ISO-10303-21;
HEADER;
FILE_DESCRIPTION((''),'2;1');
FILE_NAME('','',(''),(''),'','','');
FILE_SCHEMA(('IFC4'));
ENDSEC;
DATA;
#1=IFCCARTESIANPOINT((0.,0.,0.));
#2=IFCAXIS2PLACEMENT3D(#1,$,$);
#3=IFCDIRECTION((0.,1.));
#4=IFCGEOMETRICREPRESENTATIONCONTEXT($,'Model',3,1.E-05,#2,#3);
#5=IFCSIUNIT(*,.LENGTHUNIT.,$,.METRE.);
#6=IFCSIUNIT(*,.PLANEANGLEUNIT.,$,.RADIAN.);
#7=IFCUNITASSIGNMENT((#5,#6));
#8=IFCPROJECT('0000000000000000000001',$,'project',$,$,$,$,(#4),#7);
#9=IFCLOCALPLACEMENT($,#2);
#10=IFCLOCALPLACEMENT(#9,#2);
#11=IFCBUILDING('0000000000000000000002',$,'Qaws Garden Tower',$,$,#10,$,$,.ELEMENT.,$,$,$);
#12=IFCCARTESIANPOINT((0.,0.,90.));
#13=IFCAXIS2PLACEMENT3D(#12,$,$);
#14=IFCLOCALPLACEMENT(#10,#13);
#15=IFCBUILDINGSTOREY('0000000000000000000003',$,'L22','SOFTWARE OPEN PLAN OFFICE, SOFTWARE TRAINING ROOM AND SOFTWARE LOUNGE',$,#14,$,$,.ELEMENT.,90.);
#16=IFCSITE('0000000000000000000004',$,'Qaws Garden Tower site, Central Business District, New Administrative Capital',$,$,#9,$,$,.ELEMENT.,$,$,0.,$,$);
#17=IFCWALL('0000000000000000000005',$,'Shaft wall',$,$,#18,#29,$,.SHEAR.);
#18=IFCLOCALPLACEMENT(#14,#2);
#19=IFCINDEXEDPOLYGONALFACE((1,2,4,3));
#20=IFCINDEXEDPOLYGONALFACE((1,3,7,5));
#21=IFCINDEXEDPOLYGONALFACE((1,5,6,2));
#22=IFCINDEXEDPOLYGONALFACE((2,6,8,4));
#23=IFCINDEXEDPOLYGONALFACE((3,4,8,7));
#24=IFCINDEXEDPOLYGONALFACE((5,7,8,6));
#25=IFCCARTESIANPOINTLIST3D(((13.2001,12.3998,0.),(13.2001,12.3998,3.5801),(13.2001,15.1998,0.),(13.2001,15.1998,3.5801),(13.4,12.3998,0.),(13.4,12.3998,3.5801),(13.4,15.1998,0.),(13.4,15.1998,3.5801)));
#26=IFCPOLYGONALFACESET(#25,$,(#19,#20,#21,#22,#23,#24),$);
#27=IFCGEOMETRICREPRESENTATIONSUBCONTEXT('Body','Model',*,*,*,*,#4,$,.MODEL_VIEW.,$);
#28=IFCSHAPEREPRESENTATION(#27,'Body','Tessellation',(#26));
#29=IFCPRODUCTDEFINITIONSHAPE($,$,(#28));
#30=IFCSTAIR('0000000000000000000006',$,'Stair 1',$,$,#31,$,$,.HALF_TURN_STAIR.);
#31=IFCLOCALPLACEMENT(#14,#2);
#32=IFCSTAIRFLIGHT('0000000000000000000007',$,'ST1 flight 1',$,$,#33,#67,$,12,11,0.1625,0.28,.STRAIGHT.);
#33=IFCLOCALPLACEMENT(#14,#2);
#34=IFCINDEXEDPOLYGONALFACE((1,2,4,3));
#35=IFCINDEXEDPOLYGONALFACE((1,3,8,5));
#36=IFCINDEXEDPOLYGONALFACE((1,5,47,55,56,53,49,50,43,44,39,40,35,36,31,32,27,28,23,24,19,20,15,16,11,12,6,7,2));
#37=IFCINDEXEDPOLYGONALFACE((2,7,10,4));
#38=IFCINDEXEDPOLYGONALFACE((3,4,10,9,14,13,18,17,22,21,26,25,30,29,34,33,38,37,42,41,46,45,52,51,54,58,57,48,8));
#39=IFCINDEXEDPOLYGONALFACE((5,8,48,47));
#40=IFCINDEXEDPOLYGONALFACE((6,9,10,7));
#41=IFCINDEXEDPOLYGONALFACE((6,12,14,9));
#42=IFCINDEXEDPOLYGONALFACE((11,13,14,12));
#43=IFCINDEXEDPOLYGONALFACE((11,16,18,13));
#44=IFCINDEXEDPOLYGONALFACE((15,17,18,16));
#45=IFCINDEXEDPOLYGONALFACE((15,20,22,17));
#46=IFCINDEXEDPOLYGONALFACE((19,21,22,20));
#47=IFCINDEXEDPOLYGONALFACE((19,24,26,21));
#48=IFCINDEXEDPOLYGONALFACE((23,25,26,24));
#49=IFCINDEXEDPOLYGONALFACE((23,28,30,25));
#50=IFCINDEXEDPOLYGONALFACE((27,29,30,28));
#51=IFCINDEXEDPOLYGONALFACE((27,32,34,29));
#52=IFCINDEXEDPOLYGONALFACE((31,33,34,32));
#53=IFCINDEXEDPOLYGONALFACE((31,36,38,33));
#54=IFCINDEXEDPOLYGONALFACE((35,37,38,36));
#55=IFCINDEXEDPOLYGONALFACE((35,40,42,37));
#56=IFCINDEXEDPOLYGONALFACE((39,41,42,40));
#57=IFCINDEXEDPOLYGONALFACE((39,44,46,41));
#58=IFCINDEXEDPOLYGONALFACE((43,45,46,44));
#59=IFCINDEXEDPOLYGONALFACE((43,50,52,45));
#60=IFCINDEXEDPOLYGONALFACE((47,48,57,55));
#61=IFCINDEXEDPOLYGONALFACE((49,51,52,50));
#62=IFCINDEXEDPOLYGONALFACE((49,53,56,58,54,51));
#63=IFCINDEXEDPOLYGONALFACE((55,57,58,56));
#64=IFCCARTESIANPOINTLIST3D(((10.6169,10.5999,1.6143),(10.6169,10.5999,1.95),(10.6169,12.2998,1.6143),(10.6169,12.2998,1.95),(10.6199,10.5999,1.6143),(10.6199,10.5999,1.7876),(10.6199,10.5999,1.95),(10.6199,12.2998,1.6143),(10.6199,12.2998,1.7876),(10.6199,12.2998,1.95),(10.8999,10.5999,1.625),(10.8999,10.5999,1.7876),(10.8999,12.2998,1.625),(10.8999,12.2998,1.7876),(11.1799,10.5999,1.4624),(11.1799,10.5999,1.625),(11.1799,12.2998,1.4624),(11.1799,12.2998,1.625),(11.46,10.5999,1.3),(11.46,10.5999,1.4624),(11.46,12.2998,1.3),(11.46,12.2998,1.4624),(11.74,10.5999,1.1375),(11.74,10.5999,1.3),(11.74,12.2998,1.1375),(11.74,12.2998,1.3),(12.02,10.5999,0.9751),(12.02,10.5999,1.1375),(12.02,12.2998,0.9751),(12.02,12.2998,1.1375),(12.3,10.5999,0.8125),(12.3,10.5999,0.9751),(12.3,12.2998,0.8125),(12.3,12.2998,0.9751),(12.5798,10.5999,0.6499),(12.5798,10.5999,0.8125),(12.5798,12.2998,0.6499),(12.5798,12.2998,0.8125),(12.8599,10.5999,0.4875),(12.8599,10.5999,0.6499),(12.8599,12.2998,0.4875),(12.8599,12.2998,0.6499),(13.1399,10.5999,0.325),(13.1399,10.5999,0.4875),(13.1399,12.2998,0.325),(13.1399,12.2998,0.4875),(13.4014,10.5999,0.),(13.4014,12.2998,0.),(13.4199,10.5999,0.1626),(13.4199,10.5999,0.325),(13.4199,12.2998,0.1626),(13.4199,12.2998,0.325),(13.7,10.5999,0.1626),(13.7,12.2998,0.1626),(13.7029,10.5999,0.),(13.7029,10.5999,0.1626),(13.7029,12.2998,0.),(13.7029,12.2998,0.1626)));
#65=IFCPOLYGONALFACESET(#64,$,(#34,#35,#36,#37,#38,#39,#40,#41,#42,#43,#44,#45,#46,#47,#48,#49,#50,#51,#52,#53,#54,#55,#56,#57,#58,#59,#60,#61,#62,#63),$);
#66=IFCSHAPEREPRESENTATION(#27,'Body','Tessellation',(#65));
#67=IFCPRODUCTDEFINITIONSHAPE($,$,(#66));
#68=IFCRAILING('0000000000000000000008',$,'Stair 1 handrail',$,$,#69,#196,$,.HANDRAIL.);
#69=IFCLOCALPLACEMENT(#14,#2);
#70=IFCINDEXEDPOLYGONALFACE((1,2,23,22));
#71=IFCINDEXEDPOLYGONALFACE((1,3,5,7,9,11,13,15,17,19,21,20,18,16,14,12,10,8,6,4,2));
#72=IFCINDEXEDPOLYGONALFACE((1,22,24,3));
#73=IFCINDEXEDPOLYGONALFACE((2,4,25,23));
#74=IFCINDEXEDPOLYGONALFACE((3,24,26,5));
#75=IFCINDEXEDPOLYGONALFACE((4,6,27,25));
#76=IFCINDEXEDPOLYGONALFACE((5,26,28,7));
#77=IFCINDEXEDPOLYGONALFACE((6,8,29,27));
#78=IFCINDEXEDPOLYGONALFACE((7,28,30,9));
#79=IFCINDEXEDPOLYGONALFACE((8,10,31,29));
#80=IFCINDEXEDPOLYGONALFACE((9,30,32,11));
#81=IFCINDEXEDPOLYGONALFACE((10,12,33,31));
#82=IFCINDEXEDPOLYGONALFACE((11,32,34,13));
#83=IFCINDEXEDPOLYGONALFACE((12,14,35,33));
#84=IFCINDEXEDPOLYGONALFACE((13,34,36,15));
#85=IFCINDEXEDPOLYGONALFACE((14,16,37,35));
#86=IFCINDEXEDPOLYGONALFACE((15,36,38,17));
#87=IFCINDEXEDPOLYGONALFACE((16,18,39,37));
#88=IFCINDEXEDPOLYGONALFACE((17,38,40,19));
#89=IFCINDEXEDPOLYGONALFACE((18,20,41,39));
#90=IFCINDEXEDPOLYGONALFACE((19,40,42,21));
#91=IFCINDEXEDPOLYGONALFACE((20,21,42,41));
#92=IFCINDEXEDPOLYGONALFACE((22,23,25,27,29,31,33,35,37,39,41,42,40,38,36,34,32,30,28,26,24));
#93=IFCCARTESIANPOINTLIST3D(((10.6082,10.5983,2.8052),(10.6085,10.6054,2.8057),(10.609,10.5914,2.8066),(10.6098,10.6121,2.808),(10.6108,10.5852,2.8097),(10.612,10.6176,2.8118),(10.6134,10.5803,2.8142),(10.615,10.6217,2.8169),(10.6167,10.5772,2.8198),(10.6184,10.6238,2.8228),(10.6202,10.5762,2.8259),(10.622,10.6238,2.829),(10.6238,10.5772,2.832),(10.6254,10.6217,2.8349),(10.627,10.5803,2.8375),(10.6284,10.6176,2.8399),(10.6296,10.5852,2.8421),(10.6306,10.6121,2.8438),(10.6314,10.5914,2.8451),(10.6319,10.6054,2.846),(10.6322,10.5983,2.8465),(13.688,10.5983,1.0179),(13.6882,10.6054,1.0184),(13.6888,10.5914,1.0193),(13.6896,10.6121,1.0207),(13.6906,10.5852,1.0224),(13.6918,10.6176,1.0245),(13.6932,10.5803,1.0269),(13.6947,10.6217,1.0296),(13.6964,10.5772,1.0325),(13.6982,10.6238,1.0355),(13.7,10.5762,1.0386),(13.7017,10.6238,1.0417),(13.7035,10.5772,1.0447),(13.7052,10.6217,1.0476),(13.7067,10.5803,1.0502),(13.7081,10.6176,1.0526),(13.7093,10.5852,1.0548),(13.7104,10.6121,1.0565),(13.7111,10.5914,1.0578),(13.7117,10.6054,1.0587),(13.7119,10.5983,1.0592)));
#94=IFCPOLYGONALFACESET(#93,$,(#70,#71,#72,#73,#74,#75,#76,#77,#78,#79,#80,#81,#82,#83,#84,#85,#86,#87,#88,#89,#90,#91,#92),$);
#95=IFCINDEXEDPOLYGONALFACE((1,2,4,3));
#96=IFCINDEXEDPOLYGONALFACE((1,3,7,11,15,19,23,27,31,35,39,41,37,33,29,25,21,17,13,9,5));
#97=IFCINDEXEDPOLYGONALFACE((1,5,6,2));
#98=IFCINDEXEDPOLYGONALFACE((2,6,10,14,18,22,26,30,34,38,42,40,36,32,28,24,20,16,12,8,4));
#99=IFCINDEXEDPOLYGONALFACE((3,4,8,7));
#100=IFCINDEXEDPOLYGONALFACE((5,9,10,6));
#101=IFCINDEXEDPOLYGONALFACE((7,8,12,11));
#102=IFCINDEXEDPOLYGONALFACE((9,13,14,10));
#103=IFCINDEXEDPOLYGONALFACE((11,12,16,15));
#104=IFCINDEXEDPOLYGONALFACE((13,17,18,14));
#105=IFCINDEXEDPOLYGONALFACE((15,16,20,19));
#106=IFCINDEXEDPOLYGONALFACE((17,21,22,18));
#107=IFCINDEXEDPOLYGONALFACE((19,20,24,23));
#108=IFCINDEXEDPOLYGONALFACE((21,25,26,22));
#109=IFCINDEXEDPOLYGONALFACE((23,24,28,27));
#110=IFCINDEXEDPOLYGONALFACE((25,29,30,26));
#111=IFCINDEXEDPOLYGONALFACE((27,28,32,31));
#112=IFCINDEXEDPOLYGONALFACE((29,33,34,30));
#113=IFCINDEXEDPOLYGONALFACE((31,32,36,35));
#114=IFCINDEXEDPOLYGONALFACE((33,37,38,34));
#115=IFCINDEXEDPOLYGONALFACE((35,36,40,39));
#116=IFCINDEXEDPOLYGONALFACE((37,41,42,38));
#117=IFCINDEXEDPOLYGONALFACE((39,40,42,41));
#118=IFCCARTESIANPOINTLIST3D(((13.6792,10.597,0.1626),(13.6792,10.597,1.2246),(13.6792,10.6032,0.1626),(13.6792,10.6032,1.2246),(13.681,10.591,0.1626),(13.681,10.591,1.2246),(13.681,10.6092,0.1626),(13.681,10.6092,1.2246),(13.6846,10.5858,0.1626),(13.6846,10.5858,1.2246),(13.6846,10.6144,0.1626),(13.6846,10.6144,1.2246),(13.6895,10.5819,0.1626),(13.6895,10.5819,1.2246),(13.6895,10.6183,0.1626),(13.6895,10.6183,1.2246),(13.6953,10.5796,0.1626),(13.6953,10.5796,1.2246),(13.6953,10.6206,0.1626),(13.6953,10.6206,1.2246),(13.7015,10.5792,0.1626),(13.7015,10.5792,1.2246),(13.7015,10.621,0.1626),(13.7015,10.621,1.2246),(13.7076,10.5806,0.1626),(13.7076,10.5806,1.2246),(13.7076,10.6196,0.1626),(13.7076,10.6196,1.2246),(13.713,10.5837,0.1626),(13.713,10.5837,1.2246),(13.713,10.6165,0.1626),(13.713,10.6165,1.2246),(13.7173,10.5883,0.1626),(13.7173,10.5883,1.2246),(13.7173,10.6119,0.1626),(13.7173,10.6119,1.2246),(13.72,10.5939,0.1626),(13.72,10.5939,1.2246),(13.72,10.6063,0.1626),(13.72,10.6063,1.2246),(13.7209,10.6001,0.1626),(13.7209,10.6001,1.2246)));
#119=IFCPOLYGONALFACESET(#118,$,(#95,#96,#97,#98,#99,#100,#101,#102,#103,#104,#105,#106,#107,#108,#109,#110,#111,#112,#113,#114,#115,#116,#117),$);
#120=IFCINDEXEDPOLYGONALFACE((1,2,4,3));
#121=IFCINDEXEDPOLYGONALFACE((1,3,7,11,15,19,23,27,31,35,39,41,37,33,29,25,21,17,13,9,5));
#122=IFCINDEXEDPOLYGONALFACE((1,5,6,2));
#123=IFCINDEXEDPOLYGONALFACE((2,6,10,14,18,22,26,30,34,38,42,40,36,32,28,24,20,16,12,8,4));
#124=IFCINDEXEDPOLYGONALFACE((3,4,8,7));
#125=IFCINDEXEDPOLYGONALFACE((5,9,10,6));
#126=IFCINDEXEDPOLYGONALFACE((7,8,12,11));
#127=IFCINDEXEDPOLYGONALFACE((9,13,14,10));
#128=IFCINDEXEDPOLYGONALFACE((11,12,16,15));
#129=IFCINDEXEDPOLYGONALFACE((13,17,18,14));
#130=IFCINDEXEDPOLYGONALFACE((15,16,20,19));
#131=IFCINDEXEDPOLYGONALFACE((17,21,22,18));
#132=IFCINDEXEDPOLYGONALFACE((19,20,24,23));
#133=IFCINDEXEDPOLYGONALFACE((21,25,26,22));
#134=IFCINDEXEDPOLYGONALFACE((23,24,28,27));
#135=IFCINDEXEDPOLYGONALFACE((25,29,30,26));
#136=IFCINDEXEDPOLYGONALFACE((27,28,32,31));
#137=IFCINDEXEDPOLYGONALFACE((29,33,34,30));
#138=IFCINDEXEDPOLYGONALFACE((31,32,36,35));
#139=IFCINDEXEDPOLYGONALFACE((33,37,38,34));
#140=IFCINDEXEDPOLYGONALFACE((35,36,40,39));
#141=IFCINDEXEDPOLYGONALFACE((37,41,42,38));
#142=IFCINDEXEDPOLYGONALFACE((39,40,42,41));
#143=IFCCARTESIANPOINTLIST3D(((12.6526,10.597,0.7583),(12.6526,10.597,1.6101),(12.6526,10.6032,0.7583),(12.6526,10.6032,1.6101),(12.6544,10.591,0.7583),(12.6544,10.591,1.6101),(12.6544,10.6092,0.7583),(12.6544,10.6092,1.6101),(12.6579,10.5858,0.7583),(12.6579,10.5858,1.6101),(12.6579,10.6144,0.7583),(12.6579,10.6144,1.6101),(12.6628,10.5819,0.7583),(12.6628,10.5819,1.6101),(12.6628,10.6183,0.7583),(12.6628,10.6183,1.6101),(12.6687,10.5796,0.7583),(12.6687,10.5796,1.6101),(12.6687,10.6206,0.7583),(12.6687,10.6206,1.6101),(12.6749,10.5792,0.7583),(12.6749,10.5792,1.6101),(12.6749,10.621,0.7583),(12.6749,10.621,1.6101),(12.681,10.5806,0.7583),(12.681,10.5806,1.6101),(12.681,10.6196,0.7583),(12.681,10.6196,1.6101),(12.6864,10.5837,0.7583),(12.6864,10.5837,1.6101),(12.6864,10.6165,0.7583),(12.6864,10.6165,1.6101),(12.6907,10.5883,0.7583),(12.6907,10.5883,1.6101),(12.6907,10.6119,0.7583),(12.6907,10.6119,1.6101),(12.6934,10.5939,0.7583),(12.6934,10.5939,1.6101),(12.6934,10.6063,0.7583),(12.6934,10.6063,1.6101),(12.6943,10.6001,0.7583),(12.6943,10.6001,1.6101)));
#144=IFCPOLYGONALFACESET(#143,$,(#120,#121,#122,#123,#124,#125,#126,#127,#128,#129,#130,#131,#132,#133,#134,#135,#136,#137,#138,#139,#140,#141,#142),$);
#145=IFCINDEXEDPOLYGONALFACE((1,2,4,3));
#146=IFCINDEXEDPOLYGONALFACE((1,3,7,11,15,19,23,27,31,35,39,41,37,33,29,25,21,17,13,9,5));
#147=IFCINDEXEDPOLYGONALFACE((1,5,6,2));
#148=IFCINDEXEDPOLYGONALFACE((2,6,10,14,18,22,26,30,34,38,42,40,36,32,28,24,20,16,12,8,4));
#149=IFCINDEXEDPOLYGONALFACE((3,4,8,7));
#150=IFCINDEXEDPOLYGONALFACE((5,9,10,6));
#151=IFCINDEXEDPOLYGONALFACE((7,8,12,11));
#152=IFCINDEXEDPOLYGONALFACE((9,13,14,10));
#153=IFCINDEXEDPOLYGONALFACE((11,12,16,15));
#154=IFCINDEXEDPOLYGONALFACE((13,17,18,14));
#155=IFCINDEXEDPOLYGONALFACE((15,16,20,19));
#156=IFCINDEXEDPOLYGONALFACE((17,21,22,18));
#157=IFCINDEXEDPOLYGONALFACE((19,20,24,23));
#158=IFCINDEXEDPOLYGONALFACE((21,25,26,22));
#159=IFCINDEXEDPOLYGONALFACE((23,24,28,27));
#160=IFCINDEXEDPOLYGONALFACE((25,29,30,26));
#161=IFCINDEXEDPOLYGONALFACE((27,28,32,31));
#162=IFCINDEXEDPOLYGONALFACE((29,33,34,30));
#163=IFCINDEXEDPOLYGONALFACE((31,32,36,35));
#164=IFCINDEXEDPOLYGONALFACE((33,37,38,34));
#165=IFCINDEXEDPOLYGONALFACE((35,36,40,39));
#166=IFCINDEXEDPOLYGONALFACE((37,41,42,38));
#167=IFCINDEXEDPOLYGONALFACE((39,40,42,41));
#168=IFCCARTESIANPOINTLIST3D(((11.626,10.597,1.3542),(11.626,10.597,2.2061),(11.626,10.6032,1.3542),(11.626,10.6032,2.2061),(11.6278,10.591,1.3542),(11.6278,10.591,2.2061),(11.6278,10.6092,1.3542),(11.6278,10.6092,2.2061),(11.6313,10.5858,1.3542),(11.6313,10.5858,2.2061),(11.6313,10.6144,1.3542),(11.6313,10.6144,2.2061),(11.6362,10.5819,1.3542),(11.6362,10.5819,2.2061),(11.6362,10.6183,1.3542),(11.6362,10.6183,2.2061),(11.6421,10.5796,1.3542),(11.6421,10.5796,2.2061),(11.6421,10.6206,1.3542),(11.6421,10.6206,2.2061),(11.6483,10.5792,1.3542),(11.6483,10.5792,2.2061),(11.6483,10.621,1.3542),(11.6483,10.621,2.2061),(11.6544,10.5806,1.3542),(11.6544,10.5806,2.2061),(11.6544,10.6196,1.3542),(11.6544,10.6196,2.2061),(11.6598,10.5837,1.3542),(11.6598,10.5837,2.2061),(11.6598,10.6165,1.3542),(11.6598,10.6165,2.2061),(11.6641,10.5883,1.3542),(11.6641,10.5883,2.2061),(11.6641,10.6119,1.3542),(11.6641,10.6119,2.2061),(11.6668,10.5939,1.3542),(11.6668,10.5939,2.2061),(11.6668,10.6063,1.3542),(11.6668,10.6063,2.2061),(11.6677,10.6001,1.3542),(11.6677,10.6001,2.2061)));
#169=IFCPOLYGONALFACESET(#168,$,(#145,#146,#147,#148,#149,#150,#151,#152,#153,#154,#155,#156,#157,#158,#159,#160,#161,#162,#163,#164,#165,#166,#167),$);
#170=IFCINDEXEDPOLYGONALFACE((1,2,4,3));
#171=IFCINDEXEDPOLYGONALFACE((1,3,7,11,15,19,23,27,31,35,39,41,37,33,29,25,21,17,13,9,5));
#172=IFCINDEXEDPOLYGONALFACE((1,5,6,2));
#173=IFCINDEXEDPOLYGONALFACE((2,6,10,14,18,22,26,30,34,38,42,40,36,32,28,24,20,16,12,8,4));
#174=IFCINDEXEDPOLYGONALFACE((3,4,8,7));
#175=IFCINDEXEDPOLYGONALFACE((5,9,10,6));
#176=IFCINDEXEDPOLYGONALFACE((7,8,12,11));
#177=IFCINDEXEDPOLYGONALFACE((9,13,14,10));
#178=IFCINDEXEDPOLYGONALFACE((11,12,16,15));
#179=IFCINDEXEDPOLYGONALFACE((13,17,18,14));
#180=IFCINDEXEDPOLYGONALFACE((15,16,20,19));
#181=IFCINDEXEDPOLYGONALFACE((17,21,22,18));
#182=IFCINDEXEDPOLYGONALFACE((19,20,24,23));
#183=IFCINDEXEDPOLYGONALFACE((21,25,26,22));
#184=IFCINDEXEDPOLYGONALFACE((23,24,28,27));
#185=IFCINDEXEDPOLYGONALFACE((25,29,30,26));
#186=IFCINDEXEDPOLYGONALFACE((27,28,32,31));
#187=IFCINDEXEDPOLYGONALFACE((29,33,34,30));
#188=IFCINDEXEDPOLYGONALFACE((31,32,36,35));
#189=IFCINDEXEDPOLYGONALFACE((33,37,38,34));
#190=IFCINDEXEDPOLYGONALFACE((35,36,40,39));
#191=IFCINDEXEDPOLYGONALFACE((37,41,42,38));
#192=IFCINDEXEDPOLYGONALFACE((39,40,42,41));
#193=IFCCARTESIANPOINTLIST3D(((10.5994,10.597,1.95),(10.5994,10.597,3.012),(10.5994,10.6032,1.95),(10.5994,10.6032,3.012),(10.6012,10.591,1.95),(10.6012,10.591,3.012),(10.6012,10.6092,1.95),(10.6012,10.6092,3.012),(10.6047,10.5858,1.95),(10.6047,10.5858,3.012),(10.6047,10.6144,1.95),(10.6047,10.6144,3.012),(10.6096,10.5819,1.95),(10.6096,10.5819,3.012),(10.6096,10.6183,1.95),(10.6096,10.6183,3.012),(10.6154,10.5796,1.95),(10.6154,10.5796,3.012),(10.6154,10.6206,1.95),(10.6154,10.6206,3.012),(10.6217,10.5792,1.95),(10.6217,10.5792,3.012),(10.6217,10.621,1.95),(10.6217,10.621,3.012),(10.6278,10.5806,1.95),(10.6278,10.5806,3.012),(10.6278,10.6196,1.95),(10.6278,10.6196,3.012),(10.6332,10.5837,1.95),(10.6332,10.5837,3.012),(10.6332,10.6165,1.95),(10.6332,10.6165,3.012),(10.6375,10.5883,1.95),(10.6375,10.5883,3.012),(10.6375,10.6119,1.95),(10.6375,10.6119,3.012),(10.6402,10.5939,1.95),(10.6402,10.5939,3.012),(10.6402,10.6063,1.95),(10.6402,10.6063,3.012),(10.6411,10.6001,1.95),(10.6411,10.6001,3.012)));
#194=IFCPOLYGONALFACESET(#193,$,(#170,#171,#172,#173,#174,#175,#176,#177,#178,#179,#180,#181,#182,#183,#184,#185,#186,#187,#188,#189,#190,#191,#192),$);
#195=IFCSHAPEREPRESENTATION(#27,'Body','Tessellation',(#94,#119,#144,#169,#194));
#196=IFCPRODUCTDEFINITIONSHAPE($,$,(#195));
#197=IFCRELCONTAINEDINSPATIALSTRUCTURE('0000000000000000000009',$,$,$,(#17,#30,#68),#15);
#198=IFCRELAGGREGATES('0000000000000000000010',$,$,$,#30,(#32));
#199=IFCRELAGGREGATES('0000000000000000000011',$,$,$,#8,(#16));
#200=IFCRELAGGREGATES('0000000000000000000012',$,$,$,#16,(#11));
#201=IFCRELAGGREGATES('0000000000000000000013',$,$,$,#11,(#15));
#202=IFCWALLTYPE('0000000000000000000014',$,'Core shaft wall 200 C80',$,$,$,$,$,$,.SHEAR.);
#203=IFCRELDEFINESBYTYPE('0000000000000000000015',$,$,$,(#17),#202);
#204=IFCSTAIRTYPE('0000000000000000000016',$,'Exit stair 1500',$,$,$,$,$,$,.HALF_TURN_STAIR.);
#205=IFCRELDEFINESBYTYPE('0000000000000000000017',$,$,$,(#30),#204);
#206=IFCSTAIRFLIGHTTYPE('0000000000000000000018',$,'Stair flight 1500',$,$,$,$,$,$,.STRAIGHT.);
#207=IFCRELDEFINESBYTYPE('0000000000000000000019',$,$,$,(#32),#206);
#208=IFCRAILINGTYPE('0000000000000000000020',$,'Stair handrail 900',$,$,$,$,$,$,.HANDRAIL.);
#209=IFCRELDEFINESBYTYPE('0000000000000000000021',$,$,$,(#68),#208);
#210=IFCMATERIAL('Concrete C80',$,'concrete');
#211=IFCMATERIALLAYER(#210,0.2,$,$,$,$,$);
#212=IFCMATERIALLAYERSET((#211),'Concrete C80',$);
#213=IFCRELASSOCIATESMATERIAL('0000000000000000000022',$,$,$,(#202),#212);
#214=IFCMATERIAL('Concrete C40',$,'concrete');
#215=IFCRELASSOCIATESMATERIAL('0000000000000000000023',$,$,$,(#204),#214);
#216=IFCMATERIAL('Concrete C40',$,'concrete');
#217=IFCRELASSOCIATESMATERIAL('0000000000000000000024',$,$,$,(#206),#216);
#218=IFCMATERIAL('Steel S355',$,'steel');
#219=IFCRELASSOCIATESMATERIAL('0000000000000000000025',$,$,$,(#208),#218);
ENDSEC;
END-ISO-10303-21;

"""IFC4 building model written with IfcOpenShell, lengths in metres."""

from ifc_helpers import new_model, si_unit, direction, frame, frame_2d, origin, origin_2d, place, context, subcontext, project, spatial, polyline, rectangle, circle, outline, extrude, material, layer, layer_set, type_object, element, aggregate, save


model = new_model("IFC4")

# Units and contexts
model_context = context("Model", 3, precision=1e-05, world=origin(), true_north=direction((0.0, 1.0)))
body_context = subcontext(model_context, "Body", "Model", "MODEL_VIEW")
ifc_project = project(units=[si_unit("LENGTHUNIT", "METRE"), si_unit("PLANEANGLEUNIT", "RADIAN")], contexts=[model_context])

# Site, building, storey
site_placement = place(None, origin())
site = spatial("IfcSite", under=ifc_project, at=site_placement, Name="Qaws Garden Tower site, Central Business District, New Administrative Capital", CompositionType="ELEMENT", RefElevation=0.0)
building_placement = place(site_placement, origin())
building = spatial("IfcBuilding", under=site, at=building_placement, Name="Qaws Garden Tower", CompositionType="ELEMENT")
storey_placement = place(building_placement, frame((0.0, 0.0, 90.0)))
storey = spatial("IfcBuildingStorey", under=building, at=storey_placement, Name="L22", Description="SOFTWARE OPEN PLAN OFFICE, SOFTWARE TRAINING ROOM AND SOFTWARE LOUNGE", CompositionType="ELEMENT", Elevation=90.0)

# Shared definitions
ifc_material_1 = material(Name="Concrete C80", Category="concrete")
ifc_layer_1 = layer(ifc_material_1, 0.2)
ifc_layer_set_1 = layer_set([ifc_layer_1], Name="Concrete C80")
wall_type_1 = type_object("IfcWallType", Name="Core shaft wall 200 C80", PredefinedType="SHEAR", material=ifc_layer_set_1)

# Wall
wall_1_placement = place(storey_placement, frame((13.3, 12.3999, 0.0), z_axis=(0.0, 0.0, 1.0), x_axis=(0.0, 1.0, 0.0)))
element("IfcWall", 1, at=wall_1_placement, inside=storey, type_object=wall_type_1, Name="Shaft wall", PredefinedType="SHEAR", context=body_context, shape_type="SweptSolid", body=[
    extrude(rectangle(XDim=2.8, YDim=0.2, at=frame_2d((1.3999, 0.0))), origin(), (0.0, 0.0, 1.0), 3.5801),
])

# Stair, stair flight
ifc_material_2 = material(Name="Concrete C40", Category="concrete")
stair_type = type_object("IfcStairType", Name="Exit stair 1500", PredefinedType="HALF_TURN_STAIR", material=ifc_material_2)
stair_placement = place(storey_placement, origin())
stair = element("IfcStair", 2, at=stair_placement, inside=storey, type_object=stair_type, Name="Stair 1", PredefinedType="HALF_TURN_STAIR")
ifc_material_3 = material(Name="Concrete C40", Category="concrete")
stair_flight_type = type_object("IfcStairFlightType", Name="Stair flight 1500", PredefinedType="STRAIGHT", material=ifc_material_3)
stair_flight_placement = place(storey_placement, frame((13.7, 11.45, 0.0), z_axis=(0.0, 0.0, 1.0), x_axis=(-1.0, 0.0, 0.0)))
stair_flight = element("IfcStairFlight", 3, at=stair_flight_placement, type_object=stair_flight_type, Name="ST1 flight 1", NumberOfRisers=12, NumberOfTreads=11, PredefinedType="STRAIGHT", RiserHeight=0.1625, TreadLength=0.28, context=body_context, shape_type="SweptSolid", body=[
    extrude(outline(polyline([(-0.0029, 0.0), (-0.0029, 0.1626), (0.0, 0.1626), (0.28, 0.1626), (0.28, 0.325), (0.5601, 0.325), (0.5601, 0.4875), (0.8401, 0.4875), (0.8401, 0.6499), (1.1201, 0.6499), (1.1201, 0.8125), (1.3999, 0.8125), (1.3999, 0.9751), (1.6799, 0.9751), (1.6799, 1.1375), (1.96, 1.1375), (1.96, 1.3), (2.24, 1.3), (2.24, 1.4624), (2.52, 1.4624), (2.52, 1.625), (2.8, 1.625), (2.8, 1.7876), (3.0801, 1.7876), (3.0801, 1.95), (3.083, 1.95), (3.083, 1.6143), (3.0801, 1.6143), (0.2986, 0.0), (-0.0029, 0.0)])), frame((0.0, 0.8501, 0.0), z_axis=(0.0, -1.0, 0.0), x_axis=(1.0, 0.0, 0.0)), (0.0, 0.0, 1.0), 1.7),
])
aggregate(stair, [stair_flight])

# Railing
ifc_material_4 = material(Name="Steel S355", Category="steel")
railing_type = type_object("IfcRailingType", Name="Stair handrail 900", PredefinedType="HANDRAIL", material=ifc_material_4)
railing_placement = place(storey_placement, frame((13.7, 10.6001, 0.1626)))
element("IfcRailing", 4, at=railing_placement, inside=storey, type_object=railing_type, Name="Stair 1 handrail", PredefinedType="HANDRAIL", context=body_context, shape_type="SweptSolid", body=[
    extrude(circle(Radius=0.0239, at=origin_2d()), frame((0.0, 0.0, 0.876), z_axis=(-0.864903, 0.0, 0.501939), x_axis=(0.0, -1.0, 0.0)), (0.0, 0.0, 1.0), 3.5608),
    extrude(circle(Radius=0.021, at=origin_2d()), origin(), (0.0, 0.0, 1.0), 1.062),
    extrude(circle(Radius=0.021, at=origin_2d()), frame((-1.0266, 0.0, 0.5957)), (0.0, 0.0, 1.0), 0.8518),
    extrude(circle(Radius=0.021, at=origin_2d()), frame((-2.0532, 0.0, 1.1917)), (0.0, 0.0, 1.0), 0.8518),
    extrude(circle(Radius=0.021, at=origin_2d()), frame((-3.0798, 0.0, 1.7874)), (0.0, 0.0, 1.0), 1.062),
])

save(model, "model.ifc")
